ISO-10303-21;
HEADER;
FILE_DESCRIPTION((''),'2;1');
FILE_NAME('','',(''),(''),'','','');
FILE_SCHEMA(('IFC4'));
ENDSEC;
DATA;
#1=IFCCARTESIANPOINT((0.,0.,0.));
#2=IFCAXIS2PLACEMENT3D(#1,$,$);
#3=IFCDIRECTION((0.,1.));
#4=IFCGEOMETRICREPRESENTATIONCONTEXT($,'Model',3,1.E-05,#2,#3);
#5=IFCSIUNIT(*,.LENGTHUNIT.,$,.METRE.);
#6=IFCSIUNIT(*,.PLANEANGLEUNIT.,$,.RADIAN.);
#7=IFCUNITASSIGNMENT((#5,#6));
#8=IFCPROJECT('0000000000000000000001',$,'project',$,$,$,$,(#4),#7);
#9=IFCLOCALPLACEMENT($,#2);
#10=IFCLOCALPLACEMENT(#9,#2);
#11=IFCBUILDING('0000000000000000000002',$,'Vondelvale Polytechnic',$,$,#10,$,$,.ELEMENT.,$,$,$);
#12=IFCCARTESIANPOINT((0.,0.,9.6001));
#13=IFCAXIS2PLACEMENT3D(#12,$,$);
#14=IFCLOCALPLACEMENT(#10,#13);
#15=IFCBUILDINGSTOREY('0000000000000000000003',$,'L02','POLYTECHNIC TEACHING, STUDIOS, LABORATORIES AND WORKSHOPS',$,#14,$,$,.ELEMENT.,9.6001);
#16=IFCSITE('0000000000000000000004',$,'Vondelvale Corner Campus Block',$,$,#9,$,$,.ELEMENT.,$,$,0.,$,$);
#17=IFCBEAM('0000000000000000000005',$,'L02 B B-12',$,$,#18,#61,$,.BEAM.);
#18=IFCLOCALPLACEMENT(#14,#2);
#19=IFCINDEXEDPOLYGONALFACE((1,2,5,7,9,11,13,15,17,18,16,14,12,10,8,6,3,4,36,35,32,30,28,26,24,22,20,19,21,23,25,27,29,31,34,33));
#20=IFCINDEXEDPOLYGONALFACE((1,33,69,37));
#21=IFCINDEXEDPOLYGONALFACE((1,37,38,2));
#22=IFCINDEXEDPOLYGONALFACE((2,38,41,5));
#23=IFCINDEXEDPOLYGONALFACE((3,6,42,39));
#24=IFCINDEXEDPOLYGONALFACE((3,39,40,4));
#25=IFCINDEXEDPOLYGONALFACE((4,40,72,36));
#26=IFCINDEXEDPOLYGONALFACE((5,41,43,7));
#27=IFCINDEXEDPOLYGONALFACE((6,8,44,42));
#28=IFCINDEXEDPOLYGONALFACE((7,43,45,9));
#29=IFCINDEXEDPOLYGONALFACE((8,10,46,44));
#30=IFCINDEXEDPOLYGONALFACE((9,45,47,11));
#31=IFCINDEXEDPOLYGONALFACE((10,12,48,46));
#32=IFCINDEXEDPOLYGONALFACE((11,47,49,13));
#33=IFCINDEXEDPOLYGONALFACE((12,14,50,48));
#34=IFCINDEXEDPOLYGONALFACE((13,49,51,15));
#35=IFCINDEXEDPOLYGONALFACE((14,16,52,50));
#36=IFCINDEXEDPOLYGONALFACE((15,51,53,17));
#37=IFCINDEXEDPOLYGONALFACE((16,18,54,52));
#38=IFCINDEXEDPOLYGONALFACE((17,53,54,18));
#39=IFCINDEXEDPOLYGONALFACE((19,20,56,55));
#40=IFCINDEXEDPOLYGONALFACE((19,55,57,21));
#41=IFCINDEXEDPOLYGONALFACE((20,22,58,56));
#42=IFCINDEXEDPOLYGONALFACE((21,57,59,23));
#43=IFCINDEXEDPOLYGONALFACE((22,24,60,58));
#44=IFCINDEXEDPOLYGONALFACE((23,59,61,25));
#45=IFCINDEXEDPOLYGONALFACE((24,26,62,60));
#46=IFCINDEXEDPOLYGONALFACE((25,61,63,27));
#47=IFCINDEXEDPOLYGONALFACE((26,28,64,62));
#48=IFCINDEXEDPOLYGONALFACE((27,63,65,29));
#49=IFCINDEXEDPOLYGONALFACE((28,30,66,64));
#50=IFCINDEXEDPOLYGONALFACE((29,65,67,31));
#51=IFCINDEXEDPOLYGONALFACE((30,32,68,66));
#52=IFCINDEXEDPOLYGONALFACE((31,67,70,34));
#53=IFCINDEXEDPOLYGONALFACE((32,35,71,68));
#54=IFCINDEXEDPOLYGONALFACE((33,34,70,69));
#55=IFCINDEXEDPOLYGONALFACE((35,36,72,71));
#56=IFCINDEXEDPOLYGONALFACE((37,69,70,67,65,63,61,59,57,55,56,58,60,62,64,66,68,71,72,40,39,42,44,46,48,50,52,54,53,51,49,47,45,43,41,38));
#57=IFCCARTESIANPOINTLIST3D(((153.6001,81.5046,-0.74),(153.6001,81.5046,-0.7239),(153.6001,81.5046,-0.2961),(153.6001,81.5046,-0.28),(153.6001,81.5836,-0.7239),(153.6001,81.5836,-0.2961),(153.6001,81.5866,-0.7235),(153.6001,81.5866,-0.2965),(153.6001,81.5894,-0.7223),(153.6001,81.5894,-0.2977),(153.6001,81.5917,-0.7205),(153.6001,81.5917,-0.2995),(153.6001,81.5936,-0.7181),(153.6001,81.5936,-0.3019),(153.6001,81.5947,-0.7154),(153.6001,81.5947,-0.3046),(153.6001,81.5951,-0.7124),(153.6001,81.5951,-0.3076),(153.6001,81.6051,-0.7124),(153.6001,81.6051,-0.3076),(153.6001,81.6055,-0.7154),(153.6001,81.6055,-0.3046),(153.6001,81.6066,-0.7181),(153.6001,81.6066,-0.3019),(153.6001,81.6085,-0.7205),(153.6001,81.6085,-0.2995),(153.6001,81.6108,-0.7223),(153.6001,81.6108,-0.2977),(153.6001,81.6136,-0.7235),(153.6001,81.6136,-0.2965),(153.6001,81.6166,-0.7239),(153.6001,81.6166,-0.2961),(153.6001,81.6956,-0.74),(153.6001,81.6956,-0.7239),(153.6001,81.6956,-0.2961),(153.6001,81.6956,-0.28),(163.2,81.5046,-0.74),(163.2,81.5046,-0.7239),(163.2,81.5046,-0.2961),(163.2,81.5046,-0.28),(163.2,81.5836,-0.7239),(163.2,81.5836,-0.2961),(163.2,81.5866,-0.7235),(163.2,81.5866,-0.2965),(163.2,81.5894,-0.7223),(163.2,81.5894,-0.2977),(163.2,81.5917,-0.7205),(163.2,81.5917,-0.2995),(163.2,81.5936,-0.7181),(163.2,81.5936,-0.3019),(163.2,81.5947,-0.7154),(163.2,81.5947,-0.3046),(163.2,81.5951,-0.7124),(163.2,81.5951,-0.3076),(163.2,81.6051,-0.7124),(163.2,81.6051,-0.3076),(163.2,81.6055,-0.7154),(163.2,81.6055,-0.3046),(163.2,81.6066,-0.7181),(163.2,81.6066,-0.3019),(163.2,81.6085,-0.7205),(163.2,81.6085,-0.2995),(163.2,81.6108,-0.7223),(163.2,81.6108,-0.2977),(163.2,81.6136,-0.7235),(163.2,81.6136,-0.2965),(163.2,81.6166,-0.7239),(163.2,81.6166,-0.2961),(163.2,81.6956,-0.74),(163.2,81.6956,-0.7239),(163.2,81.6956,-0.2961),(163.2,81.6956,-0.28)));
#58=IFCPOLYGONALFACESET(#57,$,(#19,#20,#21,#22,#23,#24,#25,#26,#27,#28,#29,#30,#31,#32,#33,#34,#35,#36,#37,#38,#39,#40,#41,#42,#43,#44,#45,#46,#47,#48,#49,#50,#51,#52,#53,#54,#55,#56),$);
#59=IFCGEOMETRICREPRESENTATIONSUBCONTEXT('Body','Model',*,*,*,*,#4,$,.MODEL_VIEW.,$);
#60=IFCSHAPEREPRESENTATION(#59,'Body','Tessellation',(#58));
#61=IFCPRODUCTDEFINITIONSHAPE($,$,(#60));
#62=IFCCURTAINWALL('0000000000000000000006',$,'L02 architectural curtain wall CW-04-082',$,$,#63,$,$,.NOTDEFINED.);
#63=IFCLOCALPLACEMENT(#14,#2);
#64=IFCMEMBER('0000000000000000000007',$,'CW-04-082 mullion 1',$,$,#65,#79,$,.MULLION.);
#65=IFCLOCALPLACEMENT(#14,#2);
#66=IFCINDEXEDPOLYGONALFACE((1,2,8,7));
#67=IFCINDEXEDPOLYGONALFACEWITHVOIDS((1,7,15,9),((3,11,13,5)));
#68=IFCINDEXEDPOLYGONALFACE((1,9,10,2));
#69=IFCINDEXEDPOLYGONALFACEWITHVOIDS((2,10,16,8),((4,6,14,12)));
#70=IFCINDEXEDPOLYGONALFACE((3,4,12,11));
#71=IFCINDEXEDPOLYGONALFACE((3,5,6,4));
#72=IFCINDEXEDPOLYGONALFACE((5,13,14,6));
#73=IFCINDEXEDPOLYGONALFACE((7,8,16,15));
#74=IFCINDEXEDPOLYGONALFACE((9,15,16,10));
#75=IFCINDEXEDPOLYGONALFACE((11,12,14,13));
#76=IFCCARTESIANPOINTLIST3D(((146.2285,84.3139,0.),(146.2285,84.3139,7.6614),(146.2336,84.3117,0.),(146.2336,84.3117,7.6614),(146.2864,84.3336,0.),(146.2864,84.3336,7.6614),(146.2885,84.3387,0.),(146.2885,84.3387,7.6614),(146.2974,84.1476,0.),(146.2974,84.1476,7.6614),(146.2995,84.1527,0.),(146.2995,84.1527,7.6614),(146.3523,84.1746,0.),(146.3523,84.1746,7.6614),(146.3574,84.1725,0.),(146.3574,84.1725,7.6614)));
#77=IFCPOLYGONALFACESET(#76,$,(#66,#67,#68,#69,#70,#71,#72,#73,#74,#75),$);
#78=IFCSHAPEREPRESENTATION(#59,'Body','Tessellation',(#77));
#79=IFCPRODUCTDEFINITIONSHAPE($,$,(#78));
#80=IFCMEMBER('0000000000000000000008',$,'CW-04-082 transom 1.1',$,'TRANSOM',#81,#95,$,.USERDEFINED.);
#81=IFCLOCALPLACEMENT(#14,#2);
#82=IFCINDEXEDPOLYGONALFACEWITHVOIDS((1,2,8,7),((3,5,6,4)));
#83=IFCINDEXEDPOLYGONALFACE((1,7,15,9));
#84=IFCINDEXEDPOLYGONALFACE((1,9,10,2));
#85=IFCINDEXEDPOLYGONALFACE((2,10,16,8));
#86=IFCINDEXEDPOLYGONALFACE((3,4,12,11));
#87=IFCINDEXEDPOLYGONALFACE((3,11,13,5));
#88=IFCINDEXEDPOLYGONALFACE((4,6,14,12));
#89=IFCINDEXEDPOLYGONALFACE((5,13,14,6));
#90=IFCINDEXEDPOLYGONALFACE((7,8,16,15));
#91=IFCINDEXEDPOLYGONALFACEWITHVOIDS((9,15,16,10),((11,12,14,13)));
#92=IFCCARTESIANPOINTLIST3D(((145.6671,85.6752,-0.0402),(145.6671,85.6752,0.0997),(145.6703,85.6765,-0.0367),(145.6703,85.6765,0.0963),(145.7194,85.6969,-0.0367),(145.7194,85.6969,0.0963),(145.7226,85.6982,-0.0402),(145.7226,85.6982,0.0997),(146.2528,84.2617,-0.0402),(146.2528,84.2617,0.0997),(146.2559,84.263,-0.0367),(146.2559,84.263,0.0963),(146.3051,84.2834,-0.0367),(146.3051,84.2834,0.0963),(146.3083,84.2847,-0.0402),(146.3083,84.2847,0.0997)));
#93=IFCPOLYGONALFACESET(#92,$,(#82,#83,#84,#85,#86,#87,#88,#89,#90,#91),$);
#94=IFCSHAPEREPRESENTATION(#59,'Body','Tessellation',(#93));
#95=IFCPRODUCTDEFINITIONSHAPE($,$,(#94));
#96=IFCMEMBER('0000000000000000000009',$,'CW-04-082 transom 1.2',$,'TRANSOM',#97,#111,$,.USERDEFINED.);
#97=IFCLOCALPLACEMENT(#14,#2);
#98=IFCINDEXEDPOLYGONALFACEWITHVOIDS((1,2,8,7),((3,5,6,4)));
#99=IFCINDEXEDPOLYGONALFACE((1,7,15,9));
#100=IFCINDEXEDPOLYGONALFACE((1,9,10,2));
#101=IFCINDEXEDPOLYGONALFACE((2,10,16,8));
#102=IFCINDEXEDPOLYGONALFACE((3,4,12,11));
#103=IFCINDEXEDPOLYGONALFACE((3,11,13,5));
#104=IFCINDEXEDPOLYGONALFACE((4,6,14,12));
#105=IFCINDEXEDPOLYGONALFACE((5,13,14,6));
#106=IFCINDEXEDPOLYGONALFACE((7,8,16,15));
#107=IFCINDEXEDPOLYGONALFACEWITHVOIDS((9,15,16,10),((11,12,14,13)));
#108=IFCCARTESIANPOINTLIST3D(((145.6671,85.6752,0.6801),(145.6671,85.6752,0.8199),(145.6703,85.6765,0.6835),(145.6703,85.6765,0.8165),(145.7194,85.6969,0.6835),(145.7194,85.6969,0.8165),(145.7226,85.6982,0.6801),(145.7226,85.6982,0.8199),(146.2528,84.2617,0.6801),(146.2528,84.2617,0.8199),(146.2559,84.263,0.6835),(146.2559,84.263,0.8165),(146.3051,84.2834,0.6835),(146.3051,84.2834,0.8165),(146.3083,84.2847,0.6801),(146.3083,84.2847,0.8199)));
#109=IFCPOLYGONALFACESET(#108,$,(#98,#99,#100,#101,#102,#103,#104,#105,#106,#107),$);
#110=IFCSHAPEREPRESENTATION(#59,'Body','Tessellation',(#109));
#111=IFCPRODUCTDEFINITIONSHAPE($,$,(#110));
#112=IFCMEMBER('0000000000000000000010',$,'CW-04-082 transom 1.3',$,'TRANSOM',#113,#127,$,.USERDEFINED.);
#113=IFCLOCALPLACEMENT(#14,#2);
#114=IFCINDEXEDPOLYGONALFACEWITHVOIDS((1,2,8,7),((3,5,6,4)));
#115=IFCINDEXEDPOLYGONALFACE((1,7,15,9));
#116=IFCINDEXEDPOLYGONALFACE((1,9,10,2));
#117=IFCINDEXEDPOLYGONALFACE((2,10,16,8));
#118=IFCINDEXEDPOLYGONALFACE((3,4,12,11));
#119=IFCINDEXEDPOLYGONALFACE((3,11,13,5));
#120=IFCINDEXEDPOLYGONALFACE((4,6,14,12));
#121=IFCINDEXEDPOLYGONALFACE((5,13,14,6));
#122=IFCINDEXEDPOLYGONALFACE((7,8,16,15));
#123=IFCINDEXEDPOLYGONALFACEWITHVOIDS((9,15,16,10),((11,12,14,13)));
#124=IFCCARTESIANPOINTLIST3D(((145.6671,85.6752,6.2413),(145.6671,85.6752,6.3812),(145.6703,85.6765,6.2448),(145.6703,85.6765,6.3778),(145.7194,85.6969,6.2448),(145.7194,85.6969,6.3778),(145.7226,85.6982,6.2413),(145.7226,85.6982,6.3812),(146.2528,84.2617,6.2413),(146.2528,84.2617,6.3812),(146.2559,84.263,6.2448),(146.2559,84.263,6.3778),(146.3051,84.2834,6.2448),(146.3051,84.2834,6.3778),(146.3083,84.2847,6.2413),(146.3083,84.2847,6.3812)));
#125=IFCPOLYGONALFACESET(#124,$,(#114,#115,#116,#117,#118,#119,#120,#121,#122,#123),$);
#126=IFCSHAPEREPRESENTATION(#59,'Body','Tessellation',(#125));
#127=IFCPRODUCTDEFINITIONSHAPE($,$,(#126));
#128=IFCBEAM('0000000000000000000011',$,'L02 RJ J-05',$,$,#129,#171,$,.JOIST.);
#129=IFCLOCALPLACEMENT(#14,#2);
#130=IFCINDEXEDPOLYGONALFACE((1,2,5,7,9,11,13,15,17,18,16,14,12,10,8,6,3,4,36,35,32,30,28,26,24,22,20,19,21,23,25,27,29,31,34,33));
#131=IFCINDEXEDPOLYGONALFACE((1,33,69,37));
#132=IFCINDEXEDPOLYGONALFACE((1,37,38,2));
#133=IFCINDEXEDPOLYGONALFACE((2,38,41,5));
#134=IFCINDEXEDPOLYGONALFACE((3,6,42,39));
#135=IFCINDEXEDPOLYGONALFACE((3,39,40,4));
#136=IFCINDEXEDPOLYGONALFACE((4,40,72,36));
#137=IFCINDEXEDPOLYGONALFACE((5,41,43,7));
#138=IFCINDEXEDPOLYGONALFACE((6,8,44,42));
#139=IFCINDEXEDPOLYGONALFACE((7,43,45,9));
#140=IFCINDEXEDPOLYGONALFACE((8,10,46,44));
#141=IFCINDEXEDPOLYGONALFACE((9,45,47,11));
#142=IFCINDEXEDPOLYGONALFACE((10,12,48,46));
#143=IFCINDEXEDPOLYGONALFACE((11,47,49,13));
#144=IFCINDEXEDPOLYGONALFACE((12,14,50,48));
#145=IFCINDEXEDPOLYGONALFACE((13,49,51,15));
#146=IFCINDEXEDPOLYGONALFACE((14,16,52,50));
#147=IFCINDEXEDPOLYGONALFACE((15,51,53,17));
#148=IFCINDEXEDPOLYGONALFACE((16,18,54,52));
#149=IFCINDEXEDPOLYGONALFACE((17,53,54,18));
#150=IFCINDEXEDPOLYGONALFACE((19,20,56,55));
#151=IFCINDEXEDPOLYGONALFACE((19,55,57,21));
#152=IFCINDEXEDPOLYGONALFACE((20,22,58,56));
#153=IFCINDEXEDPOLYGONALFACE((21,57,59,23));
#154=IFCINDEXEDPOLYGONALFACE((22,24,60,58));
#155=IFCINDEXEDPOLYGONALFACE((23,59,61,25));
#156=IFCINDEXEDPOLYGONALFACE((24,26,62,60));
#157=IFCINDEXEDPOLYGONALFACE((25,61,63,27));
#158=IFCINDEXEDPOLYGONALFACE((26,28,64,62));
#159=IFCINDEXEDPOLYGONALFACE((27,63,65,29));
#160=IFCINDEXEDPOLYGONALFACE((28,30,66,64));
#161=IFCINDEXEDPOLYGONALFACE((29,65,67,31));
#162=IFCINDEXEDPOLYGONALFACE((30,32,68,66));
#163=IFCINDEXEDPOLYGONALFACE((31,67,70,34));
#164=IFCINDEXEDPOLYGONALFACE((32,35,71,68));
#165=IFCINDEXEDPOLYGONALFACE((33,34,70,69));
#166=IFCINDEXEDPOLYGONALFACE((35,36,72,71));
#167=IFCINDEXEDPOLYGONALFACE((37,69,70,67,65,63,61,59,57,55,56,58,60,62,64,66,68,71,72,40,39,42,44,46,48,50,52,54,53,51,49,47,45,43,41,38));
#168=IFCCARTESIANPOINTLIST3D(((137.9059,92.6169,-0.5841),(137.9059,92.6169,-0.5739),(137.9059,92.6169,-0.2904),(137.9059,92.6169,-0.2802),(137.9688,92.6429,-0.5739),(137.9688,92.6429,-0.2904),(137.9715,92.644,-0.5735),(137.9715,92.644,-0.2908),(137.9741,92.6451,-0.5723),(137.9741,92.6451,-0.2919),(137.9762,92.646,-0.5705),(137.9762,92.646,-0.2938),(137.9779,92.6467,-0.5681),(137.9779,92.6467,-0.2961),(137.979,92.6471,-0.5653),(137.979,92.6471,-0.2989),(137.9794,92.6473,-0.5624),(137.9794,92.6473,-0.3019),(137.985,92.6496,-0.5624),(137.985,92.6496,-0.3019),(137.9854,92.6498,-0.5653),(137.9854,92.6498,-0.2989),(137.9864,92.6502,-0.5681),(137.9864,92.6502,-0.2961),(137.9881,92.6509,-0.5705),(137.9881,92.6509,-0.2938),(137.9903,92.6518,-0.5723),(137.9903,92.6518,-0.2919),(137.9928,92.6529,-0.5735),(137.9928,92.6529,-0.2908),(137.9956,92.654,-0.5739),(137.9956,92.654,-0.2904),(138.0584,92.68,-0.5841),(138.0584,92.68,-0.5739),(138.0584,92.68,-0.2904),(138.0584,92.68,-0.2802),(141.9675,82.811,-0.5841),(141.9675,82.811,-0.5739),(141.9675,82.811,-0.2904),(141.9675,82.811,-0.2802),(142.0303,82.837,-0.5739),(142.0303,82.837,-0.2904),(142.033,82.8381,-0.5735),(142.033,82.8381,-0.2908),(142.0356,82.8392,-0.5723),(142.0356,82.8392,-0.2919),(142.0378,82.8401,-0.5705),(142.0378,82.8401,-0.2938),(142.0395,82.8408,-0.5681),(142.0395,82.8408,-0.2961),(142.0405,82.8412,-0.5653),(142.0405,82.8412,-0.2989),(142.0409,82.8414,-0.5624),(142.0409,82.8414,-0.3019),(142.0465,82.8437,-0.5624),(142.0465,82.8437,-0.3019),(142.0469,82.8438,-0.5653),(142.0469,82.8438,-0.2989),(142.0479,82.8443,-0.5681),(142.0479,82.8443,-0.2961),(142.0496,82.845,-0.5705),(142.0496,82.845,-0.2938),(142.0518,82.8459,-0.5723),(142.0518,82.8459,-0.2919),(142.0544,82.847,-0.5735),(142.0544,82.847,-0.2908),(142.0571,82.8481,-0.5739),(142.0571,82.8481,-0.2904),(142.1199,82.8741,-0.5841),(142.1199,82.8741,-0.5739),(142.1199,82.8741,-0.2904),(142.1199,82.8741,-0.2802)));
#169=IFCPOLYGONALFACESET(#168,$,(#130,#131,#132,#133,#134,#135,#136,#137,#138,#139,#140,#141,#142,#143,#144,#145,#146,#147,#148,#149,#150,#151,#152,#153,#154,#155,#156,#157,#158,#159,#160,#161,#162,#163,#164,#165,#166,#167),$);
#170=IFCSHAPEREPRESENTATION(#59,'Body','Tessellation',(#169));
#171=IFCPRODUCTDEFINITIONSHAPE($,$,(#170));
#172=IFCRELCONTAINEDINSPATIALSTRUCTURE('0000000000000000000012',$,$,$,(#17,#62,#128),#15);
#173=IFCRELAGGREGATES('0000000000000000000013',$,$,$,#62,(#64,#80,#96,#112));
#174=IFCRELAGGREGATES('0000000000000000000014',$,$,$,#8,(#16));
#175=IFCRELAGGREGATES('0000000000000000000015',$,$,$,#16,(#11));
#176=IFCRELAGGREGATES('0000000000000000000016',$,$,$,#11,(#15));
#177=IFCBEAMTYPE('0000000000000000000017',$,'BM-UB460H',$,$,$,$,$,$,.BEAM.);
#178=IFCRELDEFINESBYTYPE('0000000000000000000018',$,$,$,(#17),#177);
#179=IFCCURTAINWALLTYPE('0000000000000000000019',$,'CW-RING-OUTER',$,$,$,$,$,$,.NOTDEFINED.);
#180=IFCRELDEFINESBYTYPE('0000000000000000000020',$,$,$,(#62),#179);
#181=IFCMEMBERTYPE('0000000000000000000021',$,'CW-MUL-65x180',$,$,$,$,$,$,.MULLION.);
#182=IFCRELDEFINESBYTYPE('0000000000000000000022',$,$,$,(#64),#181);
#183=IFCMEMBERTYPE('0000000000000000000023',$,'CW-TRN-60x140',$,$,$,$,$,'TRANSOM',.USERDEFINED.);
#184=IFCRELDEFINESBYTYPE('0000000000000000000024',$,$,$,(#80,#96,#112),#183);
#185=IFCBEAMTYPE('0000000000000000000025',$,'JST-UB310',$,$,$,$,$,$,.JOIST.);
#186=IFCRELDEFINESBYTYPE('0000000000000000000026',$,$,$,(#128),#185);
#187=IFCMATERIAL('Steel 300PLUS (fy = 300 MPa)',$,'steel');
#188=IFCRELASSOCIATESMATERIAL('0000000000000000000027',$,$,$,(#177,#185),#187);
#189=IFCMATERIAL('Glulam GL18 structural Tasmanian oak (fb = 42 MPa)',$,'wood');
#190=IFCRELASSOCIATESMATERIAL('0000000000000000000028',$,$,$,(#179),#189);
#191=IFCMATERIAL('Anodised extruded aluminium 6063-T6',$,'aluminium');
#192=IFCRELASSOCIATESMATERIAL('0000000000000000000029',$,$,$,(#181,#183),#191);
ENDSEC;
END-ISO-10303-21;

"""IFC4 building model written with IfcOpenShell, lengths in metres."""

from ifc_helpers import new_model, si_unit, direction, frame, origin, origin_2d, place, context, subcontext, project, spatial, hollow_rectangle, i_section, extrude, material, material_profile, profile_set, type_object, element, aggregate, save


model = new_model("IFC4")

# Units and contexts
model_context = context("Model", 3, precision=1e-05, world=origin(), true_north=direction((0.0, 1.0)))
body_context = subcontext(model_context, "Body", "Model", "MODEL_VIEW")
ifc_project = project(units=[si_unit("LENGTHUNIT", "METRE"), si_unit("PLANEANGLEUNIT", "RADIAN")], contexts=[model_context])

# Site, building, storey
site_placement = place(None, origin())
site = spatial("IfcSite", under=ifc_project, at=site_placement, Name="Vondelvale Corner Campus Block", CompositionType="ELEMENT", RefElevation=0.0)
building_placement = place(site_placement, origin())
building = spatial("IfcBuilding", under=site, at=building_placement, Name="Vondelvale Polytechnic", CompositionType="ELEMENT")
storey_placement = place(building_placement, frame((0.0, 0.0, 9.6001)))
storey = spatial("IfcBuildingStorey", under=building, at=storey_placement, Name="L02", Description="POLYTECHNIC TEACHING, STUDIOS, LABORATORIES AND WORKSHOPS", CompositionType="ELEMENT", Elevation=9.6001)

# Shared definitions
ifc_material_1 = material(Name="Glulam GL18 structural Tasmanian oak (fb = 42 MPa)", Category="wood")
ifc_material_2 = material(Name="Steel 300PLUS (fy = 300 MPa)", Category="steel")

# Beam
ifc_material_profile_1 = material_profile(ifc_material_2, i_section(OverallWidth=0.1909, OverallDepth=0.46, WebThickness=0.01, FlangeThickness=0.0161, FilletRadius=0.0115, at=origin_2d()), Name="460UB82.1")
ifc_profile_set_1 = profile_set([ifc_material_profile_1], Name="Steel 300PLUS (fy = 300 MPa)")
beam_type_1 = type_object("IfcBeamType", Name="BM-UB460H", PredefinedType="BEAM", material=ifc_profile_set_1)
beam_1_placement = place(storey_placement, frame((153.6001, 81.6001, -0.51), z_axis=(1.0, 0.0, 0.0), x_axis=(0.0, 1.0, 0.0)))
element("IfcBeam", 1, at=beam_1_placement, inside=storey, type_object=beam_type_1, Name="L02 B B-12", PredefinedType="BEAM", context=body_context, shape_type="SweptSolid", body=[
    extrude(i_section(OverallWidth=0.1909, OverallDepth=0.46, WebThickness=0.01, FlangeThickness=0.0161, FilletRadius=0.0115, at=origin_2d()), origin(), (0.0, 0.0, 1.0), 9.5999),
])

# Curtain wall, members
curtain_wall_type = type_object("IfcCurtainWallType", Name="CW-RING-OUTER", PredefinedType="NOTDEFINED", material=ifc_material_1)
curtain_wall_placement = place(storey_placement, origin())
curtain_wall = element("IfcCurtainWall", 2, at=curtain_wall_placement, inside=storey, type_object=curtain_wall_type, Name="L02 architectural curtain wall CW-04-082", PredefinedType="NOTDEFINED")
ifc_material_3 = material(Name="Anodised extruded aluminium 6063-T6", Category="aluminium")
ifc_material_profile_2 = material_profile(ifc_material_3, hollow_rectangle(XDim=0.0649, YDim=0.1799, WallThickness=0.0039, at=origin_2d()), Name="CW-MUL-180x65")
ifc_profile_set_2 = profile_set([ifc_material_profile_2], Name="Anodised extruded aluminium 6063-T6")
member_type_1 = type_object("IfcMemberType", Name="CW-MUL-65x180", PredefinedType="MULLION", material=ifc_profile_set_2)
member_1_placement = place(storey_placement, frame((146.293, 84.2432, 0.0), z_axis=(0.0, 0.0, 1.0), x_axis=(-0.923882, -0.382677, 0.0)))
member_1 = element("IfcMember", 3, at=member_1_placement, type_object=member_type_1, Name="CW-04-082 mullion 1", PredefinedType="MULLION", context=body_context, shape_type="SweptSolid", body=[
    extrude(hollow_rectangle(XDim=0.0649, YDim=0.1799, WallThickness=0.0039, at=origin_2d()), origin(), (0.0, 0.0, 1.0), 7.6614),
])
ifc_material_profile_3 = material_profile(ifc_material_3, hollow_rectangle(XDim=0.0601, YDim=0.1399, WallThickness=0.0034, at=origin_2d()), Name="CW-TRN-140x60")
ifc_profile_set_3 = profile_set([ifc_material_profile_3], Name="Anodised extruded aluminium 6063-T6")
member_type_2 = type_object("IfcMemberType", Name="CW-TRN-60x140", ElementType="TRANSOM", PredefinedType="USERDEFINED", material=ifc_profile_set_3)
member_2_placement = place(storey_placement, frame((146.2805, 84.2732, 0.0298), z_axis=(-0.382779, 0.92384, 0.0), x_axis=(-0.92384, -0.382779, 0.0)))
member_2 = element("IfcMember", 4, at=member_2_placement, type_object=member_type_2, Name="CW-04-082 transom 1.1", ObjectType="TRANSOM", PredefinedType="USERDEFINED", context=body_context, shape_type="SweptSolid", body=[
    extrude(hollow_rectangle(XDim=0.0601, YDim=0.1399, WallThickness=0.0034, at=origin_2d()), origin(), (0.0, 0.0, 1.0), 1.53),
])
member_3_placement = place(storey_placement, frame((146.2805, 84.2732, 0.75), z_axis=(-0.382779, 0.92384, 0.0), x_axis=(-0.92384, -0.382779, 0.0)))
member_3 = element("IfcMember", 5, at=member_3_placement, type_object=member_type_2, Name="CW-04-082 transom 1.2", ObjectType="TRANSOM", PredefinedType="USERDEFINED", context=body_context, shape_type="SweptSolid", body=[
    extrude(hollow_rectangle(XDim=0.0601, YDim=0.1399, WallThickness=0.0034, at=origin_2d()), origin(), (0.0, 0.0, 1.0), 1.53),
])
member_4_placement = place(storey_placement, frame((146.2805, 84.2732, 6.3113), z_axis=(-0.382779, 0.92384, 0.0), x_axis=(-0.92384, -0.382779, 0.0)))
member_4 = element("IfcMember", 6, at=member_4_placement, type_object=member_type_2, Name="CW-04-082 transom 1.3", ObjectType="TRANSOM", PredefinedType="USERDEFINED", context=body_context, shape_type="SweptSolid", body=[
    extrude(hollow_rectangle(XDim=0.0601, YDim=0.1399, WallThickness=0.0034, at=origin_2d()), origin(), (0.0, 0.0, 1.0), 1.53),
])
aggregate(curtain_wall, [member_1, member_2, member_3, member_4])

# Beam
ifc_material_profile_4 = material_profile(ifc_material_2, i_section(OverallWidth=0.165, OverallDepth=0.304, WebThickness=0.0061, FlangeThickness=0.0103, FilletRadius=0.0115, at=origin_2d()), Name="310UB40.4")
ifc_profile_set_4 = profile_set([ifc_material_profile_4], Name="Steel 300PLUS (fy = 300 MPa)")
beam_type_2 = type_object("IfcBeamType", Name="JST-UB310", PredefinedType="JOIST", material=ifc_profile_set_4)
beam_2_placement = place(storey_placement, frame((142.0437, 82.8425, -0.4321), z_axis=(-0.382666, 0.923887, 0.0), x_axis=(-0.923887, -0.382666, 0.0)))
element("IfcBeam", 7, at=beam_2_placement, inside=storey, type_object=beam_type_2, Name="L02 RJ J-05", PredefinedType="JOIST", context=body_context, shape_type="SweptSolid", body=[
    extrude(i_section(OverallWidth=0.165, OverallDepth=0.304, WebThickness=0.0061, FlangeThickness=0.0103, FilletRadius=0.0115, at=origin_2d()), origin(), (0.0, 0.0, 1.0), 10.6138),
])

save(model, "model.ifc")
